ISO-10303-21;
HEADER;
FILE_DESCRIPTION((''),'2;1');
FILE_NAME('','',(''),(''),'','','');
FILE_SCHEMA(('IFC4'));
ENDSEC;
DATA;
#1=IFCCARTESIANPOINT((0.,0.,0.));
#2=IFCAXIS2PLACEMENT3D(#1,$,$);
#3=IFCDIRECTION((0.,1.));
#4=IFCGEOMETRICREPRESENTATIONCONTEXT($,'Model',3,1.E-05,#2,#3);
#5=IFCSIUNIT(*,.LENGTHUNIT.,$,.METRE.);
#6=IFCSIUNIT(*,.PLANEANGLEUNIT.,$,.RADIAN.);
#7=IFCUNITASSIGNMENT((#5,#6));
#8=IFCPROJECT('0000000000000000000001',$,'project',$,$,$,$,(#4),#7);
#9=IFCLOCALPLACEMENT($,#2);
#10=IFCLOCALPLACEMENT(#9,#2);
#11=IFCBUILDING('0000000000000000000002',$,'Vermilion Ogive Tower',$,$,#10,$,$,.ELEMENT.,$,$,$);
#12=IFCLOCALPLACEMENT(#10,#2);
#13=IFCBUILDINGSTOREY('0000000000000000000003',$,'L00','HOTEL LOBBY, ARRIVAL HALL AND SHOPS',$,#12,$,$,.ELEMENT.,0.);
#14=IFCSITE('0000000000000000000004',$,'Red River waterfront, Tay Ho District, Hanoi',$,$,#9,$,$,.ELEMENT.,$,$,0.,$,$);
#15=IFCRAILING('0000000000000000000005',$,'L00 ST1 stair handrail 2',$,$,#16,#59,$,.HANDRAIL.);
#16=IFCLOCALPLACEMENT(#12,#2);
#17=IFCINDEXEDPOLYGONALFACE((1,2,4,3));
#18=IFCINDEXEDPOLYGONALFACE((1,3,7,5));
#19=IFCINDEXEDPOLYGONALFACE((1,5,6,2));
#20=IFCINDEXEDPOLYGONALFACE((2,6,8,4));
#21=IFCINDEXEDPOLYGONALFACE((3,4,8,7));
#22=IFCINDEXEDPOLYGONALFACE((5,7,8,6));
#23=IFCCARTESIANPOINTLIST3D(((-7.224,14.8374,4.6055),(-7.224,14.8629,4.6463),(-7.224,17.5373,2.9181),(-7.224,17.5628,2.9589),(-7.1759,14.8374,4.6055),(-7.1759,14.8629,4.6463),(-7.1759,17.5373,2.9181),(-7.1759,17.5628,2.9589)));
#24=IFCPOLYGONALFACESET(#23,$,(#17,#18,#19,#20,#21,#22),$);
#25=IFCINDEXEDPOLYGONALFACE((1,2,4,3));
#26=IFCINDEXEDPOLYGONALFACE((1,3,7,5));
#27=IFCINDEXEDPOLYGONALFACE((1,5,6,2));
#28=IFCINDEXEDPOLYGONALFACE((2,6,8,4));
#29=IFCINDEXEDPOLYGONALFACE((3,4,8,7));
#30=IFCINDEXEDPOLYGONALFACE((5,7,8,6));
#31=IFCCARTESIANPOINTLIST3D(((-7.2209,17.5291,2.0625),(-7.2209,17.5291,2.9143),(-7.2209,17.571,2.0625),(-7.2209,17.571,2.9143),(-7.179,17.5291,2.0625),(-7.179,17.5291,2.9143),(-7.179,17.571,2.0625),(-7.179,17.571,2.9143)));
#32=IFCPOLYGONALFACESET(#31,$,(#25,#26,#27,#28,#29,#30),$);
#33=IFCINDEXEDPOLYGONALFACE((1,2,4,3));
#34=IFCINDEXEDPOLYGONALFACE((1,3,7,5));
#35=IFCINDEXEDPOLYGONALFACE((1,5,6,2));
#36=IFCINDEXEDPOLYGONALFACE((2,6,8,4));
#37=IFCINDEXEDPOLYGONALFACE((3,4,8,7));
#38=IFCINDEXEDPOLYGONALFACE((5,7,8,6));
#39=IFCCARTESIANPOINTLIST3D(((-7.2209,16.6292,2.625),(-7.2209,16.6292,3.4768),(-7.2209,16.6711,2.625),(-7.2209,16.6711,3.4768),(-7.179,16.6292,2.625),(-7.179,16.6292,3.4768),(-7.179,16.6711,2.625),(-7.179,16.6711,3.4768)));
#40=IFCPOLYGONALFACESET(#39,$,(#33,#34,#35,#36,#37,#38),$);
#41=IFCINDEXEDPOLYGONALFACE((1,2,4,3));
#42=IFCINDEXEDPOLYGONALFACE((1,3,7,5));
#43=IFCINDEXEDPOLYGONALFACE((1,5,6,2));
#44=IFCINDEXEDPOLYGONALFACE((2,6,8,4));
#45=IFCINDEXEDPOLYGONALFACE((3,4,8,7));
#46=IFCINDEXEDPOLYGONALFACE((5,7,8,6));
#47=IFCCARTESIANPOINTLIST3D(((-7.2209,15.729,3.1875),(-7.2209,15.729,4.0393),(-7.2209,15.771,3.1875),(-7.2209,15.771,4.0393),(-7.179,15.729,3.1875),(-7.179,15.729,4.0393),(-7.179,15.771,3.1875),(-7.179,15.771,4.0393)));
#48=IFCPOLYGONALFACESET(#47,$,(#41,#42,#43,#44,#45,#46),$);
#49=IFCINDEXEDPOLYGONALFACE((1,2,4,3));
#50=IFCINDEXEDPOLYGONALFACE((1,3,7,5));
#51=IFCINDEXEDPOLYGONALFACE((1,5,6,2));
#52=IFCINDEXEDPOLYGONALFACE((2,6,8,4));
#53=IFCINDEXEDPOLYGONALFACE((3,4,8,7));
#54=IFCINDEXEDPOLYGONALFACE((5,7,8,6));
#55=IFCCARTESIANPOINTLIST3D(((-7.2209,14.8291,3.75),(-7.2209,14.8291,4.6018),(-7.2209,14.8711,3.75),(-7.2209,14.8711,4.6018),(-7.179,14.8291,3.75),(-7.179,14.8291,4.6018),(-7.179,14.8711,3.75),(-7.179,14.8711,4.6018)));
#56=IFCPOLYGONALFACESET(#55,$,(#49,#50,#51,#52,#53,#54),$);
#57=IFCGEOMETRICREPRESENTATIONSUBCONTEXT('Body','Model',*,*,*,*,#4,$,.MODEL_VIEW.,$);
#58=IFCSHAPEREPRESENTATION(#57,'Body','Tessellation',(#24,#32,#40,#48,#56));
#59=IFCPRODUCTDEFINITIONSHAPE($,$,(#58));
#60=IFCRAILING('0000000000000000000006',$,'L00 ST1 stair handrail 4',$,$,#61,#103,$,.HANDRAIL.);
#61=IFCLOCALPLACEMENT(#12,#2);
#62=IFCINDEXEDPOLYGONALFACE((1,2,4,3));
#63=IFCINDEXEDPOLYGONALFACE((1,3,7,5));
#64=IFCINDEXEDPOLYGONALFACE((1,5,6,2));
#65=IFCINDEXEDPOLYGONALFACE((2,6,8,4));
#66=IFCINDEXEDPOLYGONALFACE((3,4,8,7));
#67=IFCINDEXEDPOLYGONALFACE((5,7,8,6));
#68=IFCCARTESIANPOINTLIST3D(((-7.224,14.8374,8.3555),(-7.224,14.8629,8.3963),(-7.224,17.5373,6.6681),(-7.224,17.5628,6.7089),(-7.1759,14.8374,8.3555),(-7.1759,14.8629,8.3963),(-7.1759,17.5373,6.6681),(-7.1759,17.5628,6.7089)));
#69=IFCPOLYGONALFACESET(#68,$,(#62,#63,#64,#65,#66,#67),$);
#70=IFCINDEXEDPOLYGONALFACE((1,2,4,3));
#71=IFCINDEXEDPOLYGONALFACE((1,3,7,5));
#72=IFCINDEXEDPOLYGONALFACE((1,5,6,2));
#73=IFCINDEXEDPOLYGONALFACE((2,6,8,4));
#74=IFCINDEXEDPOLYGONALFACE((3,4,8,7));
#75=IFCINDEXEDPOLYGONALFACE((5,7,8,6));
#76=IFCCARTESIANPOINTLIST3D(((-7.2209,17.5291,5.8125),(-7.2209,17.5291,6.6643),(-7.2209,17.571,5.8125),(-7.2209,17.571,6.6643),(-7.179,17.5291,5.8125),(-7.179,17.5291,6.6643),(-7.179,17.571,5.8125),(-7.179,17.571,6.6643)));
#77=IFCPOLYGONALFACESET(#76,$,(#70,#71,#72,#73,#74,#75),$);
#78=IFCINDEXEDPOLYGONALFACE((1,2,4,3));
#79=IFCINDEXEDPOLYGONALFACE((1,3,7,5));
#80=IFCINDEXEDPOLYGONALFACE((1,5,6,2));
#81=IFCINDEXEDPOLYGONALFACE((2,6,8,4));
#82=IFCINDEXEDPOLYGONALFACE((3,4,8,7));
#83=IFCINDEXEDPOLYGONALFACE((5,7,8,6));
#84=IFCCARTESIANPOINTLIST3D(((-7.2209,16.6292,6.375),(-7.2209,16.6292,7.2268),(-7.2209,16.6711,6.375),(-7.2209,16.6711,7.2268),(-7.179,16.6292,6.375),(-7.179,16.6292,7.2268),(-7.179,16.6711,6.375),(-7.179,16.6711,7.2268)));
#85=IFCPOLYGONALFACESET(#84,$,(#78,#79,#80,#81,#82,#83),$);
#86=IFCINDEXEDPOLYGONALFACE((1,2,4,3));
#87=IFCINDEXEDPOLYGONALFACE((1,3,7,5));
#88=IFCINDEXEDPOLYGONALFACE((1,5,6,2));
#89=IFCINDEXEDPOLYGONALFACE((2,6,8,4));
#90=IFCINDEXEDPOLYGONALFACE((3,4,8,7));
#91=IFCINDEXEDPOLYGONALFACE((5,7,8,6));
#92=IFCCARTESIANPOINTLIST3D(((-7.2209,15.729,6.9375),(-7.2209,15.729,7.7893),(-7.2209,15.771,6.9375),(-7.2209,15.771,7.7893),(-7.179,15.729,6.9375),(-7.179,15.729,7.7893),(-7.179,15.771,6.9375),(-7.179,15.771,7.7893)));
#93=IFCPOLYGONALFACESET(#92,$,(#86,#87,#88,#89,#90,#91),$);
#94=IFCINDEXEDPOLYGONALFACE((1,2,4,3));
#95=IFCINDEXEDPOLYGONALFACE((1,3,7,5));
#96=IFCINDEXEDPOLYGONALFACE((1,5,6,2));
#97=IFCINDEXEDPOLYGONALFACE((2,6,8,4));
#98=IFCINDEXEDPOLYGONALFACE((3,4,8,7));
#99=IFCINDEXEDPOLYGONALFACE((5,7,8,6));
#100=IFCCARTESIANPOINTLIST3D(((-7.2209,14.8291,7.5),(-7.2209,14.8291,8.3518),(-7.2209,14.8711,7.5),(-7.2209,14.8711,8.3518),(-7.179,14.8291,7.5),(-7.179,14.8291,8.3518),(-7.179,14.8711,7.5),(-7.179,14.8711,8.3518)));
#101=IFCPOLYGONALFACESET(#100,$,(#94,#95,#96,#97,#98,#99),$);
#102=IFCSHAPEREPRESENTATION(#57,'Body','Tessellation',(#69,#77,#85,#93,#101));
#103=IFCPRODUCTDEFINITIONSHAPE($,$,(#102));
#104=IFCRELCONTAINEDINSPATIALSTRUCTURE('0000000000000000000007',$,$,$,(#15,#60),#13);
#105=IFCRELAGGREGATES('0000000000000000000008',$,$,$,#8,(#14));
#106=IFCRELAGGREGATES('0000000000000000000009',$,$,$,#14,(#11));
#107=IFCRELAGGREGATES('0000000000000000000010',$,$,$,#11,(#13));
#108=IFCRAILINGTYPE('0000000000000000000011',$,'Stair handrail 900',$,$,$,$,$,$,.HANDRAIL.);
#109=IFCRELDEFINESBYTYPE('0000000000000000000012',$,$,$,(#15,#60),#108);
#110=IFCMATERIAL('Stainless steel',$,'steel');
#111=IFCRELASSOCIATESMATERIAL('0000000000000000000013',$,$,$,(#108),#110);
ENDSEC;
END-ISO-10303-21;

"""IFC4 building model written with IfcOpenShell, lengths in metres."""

from ifc_helpers import new_model, si_unit, direction, frame, origin, origin_2d, place, context, subcontext, project, spatial, rectangle, extrude, material, type_object, element, save


model = new_model("IFC4")

# Units and contexts
model_context = context("Model", 3, precision=1e-05, world=origin(), true_north=direction((0.0, 1.0)))
body_context = subcontext(model_context, "Body", "Model", "MODEL_VIEW")
ifc_project = project(units=[si_unit("LENGTHUNIT", "METRE"), si_unit("PLANEANGLEUNIT", "RADIAN")], contexts=[model_context])

# Site, building, storey
site_placement = place(None, origin())
site = spatial("IfcSite", under=ifc_project, at=site_placement, Name="Red River waterfront, Tay Ho District, Hanoi", CompositionType="ELEMENT", RefElevation=0.0)
building_placement = place(site_placement, origin())
building = spatial("IfcBuilding", under=site, at=building_placement, Name="Vermilion Ogive Tower", CompositionType="ELEMENT")
storey_placement = place(building_placement, origin())
storey = spatial("IfcBuildingStorey", under=building, at=storey_placement, Name="L00", Description="HOTEL LOBBY, ARRIVAL HALL AND SHOPS", CompositionType="ELEMENT", Elevation=0.0)

# Railings
ifc_material_1 = material(Name="Stainless steel", Category="steel")
railing_type_1 = type_object("IfcRailingType", Name="Stair handrail 900", PredefinedType="HANDRAIL", material=ifc_material_1)
for number, where, name in (
    (1, (-7.2, 17.55, 2.0625), "L00 ST1 stair handrail 2"),
    (2, (-7.2, 17.55, 5.8125), "L00 ST1 stair handrail 4"),
):
    element("IfcRailing", number, at=place(storey_placement, frame(where)), inside=storey, type_object=railing_type_1, Name=name, PredefinedType="HANDRAIL", context=body_context, shape_type="SweptSolid", body=[
        extrude(rectangle(XDim=0.0481, YDim=0.0481, at=origin_2d()), frame((0.0, 0.0, 0.876), z_axis=(0.0, -0.847994, 0.530006), x_axis=(1.0, 0.0, 0.0)), (0.0, 0.0, 1.0), 3.1838),
        extrude(rectangle(XDim=0.042, YDim=0.042, at=origin_2d()), origin(), (0.0, 0.0, 1.0), 0.8518),
        extrude(rectangle(XDim=0.042, YDim=0.042, at=origin_2d()), frame((0.0, -0.8999, 0.5625)), (0.0, 0.0, 1.0), 0.8518),
        extrude(rectangle(XDim=0.042, YDim=0.042, at=origin_2d()), frame((0.0, -1.8, 1.125)), (0.0, 0.0, 1.0), 0.8518),
        extrude(rectangle(XDim=0.042, YDim=0.042, at=origin_2d()), frame((0.0, -2.7, 1.6875)), (0.0, 0.0, 1.0), 0.8518),
    ])

save(model, "model.ifc")
